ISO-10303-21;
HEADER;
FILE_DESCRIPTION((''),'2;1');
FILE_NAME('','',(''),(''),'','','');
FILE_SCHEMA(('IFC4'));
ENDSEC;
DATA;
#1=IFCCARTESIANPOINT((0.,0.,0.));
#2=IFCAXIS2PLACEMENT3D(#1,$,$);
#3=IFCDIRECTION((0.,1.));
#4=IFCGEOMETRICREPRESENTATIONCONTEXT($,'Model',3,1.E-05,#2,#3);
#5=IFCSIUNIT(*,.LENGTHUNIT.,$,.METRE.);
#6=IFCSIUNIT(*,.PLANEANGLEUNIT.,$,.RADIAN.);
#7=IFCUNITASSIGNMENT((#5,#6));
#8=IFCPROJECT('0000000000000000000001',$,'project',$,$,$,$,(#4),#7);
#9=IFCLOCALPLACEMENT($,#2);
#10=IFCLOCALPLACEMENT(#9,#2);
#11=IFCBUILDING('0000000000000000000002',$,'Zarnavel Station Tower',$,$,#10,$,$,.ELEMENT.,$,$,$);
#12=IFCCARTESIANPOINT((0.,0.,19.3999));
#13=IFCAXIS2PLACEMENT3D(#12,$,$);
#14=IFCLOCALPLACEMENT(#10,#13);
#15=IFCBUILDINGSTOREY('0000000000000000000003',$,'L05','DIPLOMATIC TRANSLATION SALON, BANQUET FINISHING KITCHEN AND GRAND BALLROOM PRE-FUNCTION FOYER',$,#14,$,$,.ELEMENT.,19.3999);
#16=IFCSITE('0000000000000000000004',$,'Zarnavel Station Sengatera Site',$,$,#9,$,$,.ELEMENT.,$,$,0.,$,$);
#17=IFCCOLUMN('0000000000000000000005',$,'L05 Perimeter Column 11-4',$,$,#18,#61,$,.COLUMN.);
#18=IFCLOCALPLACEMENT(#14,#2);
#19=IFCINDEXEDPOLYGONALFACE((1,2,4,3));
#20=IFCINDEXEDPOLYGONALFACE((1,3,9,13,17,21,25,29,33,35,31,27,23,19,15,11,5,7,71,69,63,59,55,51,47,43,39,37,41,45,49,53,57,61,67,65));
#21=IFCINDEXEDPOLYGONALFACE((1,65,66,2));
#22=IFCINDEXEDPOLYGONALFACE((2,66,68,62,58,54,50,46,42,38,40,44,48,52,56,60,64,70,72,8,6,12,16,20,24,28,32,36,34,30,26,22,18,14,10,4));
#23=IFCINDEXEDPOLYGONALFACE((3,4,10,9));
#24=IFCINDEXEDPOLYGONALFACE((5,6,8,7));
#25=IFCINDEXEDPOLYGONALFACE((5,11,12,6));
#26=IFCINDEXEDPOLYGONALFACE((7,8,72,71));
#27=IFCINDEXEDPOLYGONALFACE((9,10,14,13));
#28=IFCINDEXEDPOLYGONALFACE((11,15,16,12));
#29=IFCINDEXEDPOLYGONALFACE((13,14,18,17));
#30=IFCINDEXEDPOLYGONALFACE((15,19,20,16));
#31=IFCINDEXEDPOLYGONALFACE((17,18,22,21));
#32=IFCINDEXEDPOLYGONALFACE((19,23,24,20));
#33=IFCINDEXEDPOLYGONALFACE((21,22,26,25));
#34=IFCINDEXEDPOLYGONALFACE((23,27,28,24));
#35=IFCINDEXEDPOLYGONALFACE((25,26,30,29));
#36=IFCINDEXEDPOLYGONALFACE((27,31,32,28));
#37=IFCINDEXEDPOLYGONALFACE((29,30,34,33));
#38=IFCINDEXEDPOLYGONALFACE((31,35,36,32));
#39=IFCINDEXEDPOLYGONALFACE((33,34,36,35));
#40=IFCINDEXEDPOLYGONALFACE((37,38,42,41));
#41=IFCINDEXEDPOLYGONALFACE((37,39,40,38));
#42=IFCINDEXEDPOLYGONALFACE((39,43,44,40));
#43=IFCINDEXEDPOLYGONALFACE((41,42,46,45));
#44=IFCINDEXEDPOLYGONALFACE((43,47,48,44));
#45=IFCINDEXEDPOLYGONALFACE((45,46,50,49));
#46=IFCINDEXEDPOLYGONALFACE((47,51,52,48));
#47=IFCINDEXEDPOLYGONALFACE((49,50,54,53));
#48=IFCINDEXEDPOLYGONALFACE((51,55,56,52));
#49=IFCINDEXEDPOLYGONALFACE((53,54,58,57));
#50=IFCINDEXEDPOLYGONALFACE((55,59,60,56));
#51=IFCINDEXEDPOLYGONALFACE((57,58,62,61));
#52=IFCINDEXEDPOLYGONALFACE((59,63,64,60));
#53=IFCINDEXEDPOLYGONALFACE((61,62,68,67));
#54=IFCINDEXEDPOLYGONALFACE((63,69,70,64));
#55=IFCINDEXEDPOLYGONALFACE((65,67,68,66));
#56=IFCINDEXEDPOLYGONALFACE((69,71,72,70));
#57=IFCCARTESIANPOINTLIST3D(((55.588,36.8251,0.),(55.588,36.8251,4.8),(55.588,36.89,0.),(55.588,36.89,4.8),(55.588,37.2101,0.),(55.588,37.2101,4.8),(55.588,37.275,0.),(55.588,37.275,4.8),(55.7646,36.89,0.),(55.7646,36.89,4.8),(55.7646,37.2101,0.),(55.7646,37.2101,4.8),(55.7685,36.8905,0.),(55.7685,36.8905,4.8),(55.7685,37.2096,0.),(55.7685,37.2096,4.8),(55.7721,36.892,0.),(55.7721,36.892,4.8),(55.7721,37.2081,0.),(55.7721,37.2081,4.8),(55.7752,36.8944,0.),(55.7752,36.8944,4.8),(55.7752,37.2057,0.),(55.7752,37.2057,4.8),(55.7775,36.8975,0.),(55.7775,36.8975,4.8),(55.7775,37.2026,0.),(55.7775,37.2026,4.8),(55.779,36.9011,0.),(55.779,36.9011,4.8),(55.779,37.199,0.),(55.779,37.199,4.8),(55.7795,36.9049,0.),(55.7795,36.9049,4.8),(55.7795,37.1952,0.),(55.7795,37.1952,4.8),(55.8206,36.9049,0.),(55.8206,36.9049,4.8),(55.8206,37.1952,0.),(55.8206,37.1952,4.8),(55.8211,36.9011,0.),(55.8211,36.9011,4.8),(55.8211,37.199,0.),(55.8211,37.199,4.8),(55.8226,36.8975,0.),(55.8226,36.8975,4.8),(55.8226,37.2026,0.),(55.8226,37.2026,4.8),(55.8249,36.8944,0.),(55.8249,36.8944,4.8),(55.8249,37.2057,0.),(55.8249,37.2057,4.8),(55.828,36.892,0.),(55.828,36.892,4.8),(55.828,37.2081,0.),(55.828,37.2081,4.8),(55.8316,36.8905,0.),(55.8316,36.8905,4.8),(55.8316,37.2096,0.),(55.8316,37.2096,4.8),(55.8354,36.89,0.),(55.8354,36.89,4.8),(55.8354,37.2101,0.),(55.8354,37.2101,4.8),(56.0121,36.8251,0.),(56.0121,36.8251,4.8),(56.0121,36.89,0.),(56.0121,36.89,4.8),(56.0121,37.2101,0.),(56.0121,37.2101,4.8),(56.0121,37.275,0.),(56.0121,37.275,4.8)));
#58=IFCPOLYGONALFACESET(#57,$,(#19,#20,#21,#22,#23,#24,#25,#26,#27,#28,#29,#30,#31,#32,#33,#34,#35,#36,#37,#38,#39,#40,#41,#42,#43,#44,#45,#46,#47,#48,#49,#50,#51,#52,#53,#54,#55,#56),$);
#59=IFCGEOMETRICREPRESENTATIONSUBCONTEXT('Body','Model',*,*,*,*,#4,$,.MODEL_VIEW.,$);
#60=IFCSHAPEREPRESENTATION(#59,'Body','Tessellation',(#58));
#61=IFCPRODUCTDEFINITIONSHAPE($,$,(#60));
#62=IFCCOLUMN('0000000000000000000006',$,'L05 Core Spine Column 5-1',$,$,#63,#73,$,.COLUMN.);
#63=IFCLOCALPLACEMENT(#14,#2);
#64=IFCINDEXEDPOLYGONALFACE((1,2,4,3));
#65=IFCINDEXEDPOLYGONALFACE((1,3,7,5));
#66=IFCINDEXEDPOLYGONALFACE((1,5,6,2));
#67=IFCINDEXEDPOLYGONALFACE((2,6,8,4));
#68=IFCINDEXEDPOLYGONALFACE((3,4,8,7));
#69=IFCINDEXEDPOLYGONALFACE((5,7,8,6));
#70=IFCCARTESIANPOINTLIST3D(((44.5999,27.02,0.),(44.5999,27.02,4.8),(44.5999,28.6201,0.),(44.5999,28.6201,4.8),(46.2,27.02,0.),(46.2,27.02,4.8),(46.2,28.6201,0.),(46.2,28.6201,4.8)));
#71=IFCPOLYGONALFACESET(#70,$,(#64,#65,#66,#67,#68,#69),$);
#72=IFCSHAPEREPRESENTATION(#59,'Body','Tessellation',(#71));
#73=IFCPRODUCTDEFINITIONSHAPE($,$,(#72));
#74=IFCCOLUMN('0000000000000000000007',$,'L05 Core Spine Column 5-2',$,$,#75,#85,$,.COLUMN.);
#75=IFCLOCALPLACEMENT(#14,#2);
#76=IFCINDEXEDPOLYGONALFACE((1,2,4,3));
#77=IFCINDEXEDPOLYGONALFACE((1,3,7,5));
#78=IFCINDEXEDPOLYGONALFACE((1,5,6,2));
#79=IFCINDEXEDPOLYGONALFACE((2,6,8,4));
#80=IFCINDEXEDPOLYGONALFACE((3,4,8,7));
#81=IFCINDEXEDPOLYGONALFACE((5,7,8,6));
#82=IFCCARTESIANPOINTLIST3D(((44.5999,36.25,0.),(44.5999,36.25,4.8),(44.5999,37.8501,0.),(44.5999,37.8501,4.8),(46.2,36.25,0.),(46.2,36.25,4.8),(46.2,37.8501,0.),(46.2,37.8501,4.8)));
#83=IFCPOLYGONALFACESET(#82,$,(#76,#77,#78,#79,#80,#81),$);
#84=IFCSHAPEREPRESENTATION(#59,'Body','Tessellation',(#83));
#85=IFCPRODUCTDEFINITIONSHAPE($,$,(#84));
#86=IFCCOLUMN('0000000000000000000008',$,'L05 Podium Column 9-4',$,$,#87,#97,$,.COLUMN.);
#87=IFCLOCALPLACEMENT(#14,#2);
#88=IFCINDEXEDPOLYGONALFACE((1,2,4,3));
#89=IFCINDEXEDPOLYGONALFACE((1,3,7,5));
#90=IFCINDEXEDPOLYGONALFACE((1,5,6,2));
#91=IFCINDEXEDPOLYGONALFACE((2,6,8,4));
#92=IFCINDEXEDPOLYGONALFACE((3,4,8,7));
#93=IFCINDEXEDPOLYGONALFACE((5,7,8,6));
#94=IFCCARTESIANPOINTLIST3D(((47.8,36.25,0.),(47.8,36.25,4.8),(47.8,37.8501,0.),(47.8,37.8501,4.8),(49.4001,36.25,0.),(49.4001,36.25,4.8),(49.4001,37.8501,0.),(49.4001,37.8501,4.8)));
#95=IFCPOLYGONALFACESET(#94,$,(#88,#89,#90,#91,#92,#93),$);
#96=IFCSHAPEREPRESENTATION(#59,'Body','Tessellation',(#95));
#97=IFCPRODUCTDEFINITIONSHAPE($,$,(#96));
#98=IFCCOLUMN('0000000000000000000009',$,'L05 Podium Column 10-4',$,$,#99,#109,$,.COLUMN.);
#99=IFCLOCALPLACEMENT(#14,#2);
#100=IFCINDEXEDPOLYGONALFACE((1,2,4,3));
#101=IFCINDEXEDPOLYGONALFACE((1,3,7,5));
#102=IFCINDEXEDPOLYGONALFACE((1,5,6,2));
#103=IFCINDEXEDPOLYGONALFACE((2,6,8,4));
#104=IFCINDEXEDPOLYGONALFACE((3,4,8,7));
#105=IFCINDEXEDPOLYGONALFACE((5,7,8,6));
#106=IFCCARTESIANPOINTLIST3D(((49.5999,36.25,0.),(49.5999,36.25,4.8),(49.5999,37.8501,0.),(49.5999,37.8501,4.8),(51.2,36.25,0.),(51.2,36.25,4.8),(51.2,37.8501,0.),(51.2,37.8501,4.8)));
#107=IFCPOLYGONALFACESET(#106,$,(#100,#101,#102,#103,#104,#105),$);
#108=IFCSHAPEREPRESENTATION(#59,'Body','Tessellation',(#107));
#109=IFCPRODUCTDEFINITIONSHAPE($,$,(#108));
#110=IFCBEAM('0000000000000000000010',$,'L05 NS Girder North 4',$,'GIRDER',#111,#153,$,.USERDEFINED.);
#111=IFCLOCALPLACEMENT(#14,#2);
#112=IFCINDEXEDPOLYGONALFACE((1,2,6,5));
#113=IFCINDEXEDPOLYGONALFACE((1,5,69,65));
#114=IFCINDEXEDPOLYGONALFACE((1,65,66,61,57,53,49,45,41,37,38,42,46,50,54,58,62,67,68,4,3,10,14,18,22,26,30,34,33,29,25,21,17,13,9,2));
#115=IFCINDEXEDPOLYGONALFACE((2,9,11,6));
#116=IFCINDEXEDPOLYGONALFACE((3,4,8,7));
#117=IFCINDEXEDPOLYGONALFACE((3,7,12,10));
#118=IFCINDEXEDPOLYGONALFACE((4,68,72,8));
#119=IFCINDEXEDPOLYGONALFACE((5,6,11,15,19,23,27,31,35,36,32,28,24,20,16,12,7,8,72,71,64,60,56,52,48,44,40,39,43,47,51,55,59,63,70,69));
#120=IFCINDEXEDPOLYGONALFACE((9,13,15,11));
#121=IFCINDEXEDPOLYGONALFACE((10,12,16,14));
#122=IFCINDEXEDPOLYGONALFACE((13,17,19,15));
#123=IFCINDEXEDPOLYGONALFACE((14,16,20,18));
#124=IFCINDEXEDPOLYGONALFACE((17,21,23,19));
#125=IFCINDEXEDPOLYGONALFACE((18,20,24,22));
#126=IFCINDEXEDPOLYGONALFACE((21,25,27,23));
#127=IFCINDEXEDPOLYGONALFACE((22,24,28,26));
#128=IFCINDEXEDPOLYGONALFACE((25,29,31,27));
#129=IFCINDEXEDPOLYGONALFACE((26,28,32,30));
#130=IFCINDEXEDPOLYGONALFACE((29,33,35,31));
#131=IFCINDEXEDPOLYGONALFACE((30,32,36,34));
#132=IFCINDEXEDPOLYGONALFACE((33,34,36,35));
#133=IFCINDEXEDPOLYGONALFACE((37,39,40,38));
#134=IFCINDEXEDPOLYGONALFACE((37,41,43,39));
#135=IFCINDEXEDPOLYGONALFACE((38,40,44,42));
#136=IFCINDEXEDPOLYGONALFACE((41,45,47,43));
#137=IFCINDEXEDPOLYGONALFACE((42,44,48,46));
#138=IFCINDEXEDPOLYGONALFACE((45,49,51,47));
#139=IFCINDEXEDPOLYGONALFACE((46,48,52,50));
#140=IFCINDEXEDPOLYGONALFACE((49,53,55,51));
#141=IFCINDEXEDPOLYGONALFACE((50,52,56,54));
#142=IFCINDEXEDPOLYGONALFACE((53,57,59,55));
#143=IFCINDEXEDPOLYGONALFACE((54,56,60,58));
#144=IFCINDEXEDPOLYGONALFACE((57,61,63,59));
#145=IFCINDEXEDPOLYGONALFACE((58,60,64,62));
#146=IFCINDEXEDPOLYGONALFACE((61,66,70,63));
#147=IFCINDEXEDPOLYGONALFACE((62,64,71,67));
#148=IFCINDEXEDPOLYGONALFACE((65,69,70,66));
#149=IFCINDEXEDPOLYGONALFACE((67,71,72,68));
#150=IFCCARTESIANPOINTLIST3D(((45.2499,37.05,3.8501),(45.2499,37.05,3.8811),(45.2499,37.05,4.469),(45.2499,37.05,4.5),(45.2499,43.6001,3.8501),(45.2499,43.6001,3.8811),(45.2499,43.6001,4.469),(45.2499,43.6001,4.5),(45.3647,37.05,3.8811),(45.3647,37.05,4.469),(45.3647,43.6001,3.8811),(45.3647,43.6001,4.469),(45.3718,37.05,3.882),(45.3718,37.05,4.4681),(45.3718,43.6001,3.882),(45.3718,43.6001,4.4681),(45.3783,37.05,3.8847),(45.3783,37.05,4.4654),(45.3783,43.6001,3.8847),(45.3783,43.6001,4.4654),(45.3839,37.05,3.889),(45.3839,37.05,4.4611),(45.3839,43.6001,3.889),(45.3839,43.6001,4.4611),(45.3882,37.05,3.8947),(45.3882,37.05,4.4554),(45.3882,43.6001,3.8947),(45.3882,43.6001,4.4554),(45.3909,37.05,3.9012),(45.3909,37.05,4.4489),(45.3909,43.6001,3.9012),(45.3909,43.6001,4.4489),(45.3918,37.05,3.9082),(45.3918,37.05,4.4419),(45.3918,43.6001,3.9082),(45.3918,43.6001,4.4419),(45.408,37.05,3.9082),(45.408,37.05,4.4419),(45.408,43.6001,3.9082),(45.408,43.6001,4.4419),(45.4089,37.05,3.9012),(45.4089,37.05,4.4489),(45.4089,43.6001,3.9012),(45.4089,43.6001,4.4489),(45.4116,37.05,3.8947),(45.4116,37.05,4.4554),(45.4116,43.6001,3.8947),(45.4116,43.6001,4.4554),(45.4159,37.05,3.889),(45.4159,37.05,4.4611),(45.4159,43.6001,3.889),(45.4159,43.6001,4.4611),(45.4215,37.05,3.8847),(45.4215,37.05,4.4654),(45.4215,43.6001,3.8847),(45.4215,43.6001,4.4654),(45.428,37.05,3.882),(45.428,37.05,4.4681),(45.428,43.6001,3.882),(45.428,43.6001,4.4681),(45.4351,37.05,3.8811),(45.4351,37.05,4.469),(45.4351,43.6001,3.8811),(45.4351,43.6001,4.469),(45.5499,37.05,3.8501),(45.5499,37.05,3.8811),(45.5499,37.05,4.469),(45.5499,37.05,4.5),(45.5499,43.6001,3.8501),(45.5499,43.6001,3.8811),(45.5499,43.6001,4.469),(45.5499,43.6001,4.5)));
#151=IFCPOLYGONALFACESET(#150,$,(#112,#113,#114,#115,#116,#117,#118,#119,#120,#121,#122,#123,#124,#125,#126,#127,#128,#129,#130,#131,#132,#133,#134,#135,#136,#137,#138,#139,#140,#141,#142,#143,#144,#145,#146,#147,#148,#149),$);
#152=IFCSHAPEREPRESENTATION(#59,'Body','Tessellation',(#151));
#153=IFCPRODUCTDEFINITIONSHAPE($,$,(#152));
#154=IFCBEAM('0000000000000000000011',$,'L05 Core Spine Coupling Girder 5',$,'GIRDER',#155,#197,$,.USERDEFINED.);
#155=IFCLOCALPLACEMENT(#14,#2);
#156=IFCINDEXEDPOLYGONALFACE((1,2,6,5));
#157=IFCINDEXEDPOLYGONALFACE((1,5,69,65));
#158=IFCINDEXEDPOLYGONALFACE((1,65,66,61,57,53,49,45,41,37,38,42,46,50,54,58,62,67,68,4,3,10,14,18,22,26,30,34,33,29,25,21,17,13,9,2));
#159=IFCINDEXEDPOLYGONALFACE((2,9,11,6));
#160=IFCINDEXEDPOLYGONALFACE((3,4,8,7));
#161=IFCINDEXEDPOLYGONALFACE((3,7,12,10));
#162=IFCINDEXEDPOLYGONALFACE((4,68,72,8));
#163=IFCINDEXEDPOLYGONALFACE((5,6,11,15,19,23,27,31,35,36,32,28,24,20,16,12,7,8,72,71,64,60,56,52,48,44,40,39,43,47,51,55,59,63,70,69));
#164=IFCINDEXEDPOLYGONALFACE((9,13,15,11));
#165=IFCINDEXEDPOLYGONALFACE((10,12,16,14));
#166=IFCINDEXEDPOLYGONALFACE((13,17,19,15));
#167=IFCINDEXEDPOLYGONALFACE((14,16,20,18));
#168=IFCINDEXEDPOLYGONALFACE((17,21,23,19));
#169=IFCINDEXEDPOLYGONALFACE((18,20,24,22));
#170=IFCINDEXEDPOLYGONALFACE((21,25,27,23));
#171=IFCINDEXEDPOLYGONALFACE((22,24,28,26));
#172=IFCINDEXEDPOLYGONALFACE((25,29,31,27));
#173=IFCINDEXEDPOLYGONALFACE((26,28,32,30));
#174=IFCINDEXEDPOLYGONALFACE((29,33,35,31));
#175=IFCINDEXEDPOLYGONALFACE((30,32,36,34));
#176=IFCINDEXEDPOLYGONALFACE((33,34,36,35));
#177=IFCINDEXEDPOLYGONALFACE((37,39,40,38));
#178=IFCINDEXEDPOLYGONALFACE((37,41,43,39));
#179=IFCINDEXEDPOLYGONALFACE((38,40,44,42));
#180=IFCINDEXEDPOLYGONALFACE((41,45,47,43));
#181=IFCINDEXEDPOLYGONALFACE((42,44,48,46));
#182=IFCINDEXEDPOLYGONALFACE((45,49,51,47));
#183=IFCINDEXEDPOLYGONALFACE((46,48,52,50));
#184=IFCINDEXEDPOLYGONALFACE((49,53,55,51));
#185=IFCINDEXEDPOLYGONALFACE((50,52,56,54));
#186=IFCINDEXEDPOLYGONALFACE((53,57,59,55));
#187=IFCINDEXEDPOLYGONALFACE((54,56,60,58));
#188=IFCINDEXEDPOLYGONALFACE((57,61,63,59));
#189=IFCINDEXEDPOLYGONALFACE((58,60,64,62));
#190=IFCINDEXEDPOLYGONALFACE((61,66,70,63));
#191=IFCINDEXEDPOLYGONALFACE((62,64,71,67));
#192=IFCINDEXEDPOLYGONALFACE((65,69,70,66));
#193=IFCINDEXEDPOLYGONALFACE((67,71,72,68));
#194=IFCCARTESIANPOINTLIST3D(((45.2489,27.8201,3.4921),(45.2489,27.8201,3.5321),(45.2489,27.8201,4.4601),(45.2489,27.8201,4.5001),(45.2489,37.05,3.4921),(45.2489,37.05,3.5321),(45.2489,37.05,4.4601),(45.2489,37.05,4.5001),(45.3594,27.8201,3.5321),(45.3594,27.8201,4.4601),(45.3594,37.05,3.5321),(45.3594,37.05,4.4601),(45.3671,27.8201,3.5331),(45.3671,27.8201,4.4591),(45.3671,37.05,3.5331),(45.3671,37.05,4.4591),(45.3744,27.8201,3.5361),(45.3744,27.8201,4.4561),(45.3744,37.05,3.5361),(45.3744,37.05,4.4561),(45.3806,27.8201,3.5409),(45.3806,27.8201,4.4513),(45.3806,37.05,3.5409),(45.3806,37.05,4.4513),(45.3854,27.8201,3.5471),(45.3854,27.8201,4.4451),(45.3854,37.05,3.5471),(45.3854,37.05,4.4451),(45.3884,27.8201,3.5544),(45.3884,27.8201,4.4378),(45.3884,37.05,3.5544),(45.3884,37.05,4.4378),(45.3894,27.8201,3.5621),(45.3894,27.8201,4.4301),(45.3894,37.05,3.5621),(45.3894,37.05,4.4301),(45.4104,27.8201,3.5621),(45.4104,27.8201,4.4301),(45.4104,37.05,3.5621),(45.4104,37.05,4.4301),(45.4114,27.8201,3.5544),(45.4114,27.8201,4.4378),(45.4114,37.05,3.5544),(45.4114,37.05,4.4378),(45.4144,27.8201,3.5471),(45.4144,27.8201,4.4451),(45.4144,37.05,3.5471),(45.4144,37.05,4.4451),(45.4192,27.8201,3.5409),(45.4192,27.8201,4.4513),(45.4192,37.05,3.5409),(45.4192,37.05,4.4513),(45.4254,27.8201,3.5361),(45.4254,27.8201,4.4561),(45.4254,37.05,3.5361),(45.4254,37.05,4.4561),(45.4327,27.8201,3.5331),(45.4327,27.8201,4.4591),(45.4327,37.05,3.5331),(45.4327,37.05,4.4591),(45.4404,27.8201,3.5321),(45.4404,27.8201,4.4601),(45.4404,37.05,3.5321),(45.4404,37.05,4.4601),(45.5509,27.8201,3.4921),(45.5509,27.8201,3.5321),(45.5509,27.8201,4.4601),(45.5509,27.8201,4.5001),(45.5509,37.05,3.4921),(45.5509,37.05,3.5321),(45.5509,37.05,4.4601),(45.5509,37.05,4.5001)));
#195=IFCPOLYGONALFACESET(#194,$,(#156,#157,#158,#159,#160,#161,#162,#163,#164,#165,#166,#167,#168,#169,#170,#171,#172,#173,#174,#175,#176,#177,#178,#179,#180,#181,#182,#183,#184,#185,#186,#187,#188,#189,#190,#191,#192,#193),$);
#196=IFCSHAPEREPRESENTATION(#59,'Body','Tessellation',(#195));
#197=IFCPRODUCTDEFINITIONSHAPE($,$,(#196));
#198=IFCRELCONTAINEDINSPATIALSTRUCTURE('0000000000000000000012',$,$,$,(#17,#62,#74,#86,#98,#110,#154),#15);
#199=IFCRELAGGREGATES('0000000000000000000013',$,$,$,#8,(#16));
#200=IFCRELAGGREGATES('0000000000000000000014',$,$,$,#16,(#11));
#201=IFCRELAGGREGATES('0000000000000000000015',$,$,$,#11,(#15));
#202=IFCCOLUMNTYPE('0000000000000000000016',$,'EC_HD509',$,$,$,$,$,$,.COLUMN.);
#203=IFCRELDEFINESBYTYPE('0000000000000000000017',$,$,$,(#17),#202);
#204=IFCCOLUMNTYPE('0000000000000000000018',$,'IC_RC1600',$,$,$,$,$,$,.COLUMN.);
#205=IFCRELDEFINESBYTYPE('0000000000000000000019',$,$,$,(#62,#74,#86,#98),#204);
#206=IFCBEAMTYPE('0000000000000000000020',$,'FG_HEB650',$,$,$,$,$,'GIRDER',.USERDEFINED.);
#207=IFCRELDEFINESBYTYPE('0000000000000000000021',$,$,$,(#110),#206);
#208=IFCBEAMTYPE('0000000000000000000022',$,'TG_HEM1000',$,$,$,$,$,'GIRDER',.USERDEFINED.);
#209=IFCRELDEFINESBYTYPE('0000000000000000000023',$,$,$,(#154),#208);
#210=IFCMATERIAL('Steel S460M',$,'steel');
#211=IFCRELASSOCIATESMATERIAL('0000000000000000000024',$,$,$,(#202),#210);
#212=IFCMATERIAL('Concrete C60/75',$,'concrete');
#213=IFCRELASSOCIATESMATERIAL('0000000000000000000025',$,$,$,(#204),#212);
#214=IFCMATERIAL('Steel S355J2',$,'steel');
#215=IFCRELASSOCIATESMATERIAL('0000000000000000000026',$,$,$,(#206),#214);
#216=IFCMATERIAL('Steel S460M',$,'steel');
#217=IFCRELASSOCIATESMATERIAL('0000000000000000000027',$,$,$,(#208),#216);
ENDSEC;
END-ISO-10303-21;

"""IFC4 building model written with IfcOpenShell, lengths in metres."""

from ifc_helpers import new_model, si_unit, direction, frame, origin, origin_2d, place, context, subcontext, project, spatial, rectangle, i_section, extrude, material, material_profile, profile_set, type_object, element, save


model = new_model("IFC4")

# Units and contexts
model_context = context("Model", 3, precision=1e-05, world=origin(), true_north=direction((0.0, 1.0)))
body_context = subcontext(model_context, "Body", "Model", "MODEL_VIEW")
ifc_project = project(units=[si_unit("LENGTHUNIT", "METRE"), si_unit("PLANEANGLEUNIT", "RADIAN")], contexts=[model_context])

# Site, building, storey
site_placement = place(None, origin())
site = spatial("IfcSite", under=ifc_project, at=site_placement, Name="Zarnavel Station Sengatera Site", CompositionType="ELEMENT", RefElevation=0.0)
building_placement = place(site_placement, origin())
building = spatial("IfcBuilding", under=site, at=building_placement, Name="Zarnavel Station Tower", CompositionType="ELEMENT")
storey_placement = place(building_placement, frame((0.0, 0.0, 19.3999)))
storey = spatial("IfcBuildingStorey", under=building, at=storey_placement, Name="L05", Description="DIPLOMATIC TRANSLATION SALON, BANQUET FINISHING KITCHEN AND GRAND BALLROOM PRE-FUNCTION FOYER", CompositionType="ELEMENT", Elevation=19.3999)

# Columns
ifc_material_1 = material(Name="Steel S460M", Category="steel")
ifc_material_profile_1 = material_profile(ifc_material_1, i_section(OverallWidth=0.4241, OverallDepth=0.45, WebThickness=0.041, FlangeThickness=0.0649, FilletRadius=0.0149, at=origin_2d()), Name="HD400x509")
ifc_profile_set_1 = profile_set([ifc_material_profile_1], Name="Steel S460M")
column_type_1 = type_object("IfcColumnType", Name="EC_HD509", PredefinedType="COLUMN", material=ifc_profile_set_1)
column_placement = place(storey_placement, frame((55.8, 37.05, 0.0), z_axis=(0.0, 0.0, 1.0), x_axis=(1.0, 0.0, 0.0)))
element("IfcColumn", 1, at=column_placement, inside=storey, type_object=column_type_1, Name="L05 Perimeter Column 11-4", PredefinedType="COLUMN", context=body_context, shape_type="SweptSolid", body=[
    extrude(i_section(OverallWidth=0.4241, OverallDepth=0.45, WebThickness=0.041, FlangeThickness=0.0649, FilletRadius=0.0149, at=origin_2d()), origin(), (0.0, 0.0, 1.0), 4.8),
])
ifc_material_2 = material(Name="Concrete C60/75", Category="concrete")
ifc_material_profile_2 = material_profile(ifc_material_2, rectangle(XDim=1.6001, YDim=1.6001, at=origin_2d()), Name="RC1600x1600")
ifc_profile_set_2 = profile_set([ifc_material_profile_2], Name="Concrete C60/75")
column_type_2 = type_object("IfcColumnType", Name="IC_RC1600", PredefinedType="COLUMN", material=ifc_profile_set_2)
for number, where, z_axis, x_axis, name in (
    (2, (45.3999, 27.8201, 0.0), (0.0, 0.0, 1.0), (1.0, 0.0, 0.0), "L05 Core Spine Column 5-1"),
    (3, (45.3999, 37.05, 0.0), (0.0, 0.0, 1.0), (1.0, 0.0, 0.0), "L05 Core Spine Column 5-2"),
    (4, (48.6001, 37.05, 0.0), (0.0, 0.0, 1.0), (1.0, 0.0, 0.0), "L05 Podium Column 9-4"),
    (5, (50.3999, 37.05, 0.0), (0.0, 0.0, 1.0), (1.0, 0.0, 0.0), "L05 Podium Column 10-4"),
):
    element("IfcColumn", number, at=place(storey_placement, frame(where, z_axis=z_axis, x_axis=x_axis)), inside=storey, type_object=column_type_2, Name=name, PredefinedType="COLUMN", context=body_context, shape_type="SweptSolid", body=[
        extrude(rectangle(XDim=1.6001, YDim=1.6001, at=origin_2d()), origin(), (0.0, 0.0, 1.0), 4.8),
    ])

# Beams
ifc_material_3 = material(Name="Steel S355J2", Category="steel")
ifc_material_profile_3 = material_profile(ifc_material_3, i_section(OverallWidth=0.3, OverallDepth=0.6499, WebThickness=0.0161, FlangeThickness=0.031, FilletRadius=0.0271, at=origin_2d()), Name="HEB650")
ifc_profile_set_3 = profile_set([ifc_material_profile_3], Name="Steel S355J2")
beam_type_1 = type_object("IfcBeamType", Name="FG_HEB650", ElementType="GIRDER", PredefinedType="USERDEFINED", material=ifc_profile_set_3)
beam_1_placement = place(storey_placement, frame((45.3999, 37.05, 4.175), z_axis=(0.0, 1.0, 0.0), x_axis=(-1.0, 0.0, 0.0)))
element("IfcBeam", 6, at=beam_1_placement, inside=storey, type_object=beam_type_1, Name="L05 NS Girder North 4", ObjectType="GIRDER", PredefinedType="USERDEFINED", context=body_context, shape_type="SweptSolid", body=[
    extrude(i_section(OverallWidth=0.3, OverallDepth=0.6499, WebThickness=0.0161, FlangeThickness=0.031, FilletRadius=0.0271, at=origin_2d()), origin(), (0.0, 0.0, 1.0), 6.55),
])
ifc_material_4 = material(Name="Steel S460M", Category="steel")
ifc_material_profile_4 = material_profile(ifc_material_4, i_section(OverallWidth=0.302, OverallDepth=1.0081, WebThickness=0.021, FlangeThickness=0.04, FilletRadius=0.03, at=origin_2d()), Name="HEM1000")
ifc_profile_set_4 = profile_set([ifc_material_profile_4], Name="Steel S460M")
beam_type_2 = type_object("IfcBeamType", Name="TG_HEM1000", ElementType="GIRDER", PredefinedType="USERDEFINED", material=ifc_profile_set_4)
beam_2_placement = place(storey_placement, frame((45.3999, 27.8201, 3.9961), z_axis=(0.0, 1.0, 0.0), x_axis=(-1.0, 0.0, 0.0)))
element("IfcBeam", 7, at=beam_2_placement, inside=storey, type_object=beam_type_2, Name="L05 Core Spine Coupling Girder 5", ObjectType="GIRDER", PredefinedType="USERDEFINED", context=body_context, shape_type="SweptSolid", body=[
    extrude(i_section(OverallWidth=0.302, OverallDepth=1.0081, WebThickness=0.021, FlangeThickness=0.04, FilletRadius=0.03, at=origin_2d()), origin(), (0.0, 0.0, 1.0), 9.23),
])

save(model, "model.ifc")
